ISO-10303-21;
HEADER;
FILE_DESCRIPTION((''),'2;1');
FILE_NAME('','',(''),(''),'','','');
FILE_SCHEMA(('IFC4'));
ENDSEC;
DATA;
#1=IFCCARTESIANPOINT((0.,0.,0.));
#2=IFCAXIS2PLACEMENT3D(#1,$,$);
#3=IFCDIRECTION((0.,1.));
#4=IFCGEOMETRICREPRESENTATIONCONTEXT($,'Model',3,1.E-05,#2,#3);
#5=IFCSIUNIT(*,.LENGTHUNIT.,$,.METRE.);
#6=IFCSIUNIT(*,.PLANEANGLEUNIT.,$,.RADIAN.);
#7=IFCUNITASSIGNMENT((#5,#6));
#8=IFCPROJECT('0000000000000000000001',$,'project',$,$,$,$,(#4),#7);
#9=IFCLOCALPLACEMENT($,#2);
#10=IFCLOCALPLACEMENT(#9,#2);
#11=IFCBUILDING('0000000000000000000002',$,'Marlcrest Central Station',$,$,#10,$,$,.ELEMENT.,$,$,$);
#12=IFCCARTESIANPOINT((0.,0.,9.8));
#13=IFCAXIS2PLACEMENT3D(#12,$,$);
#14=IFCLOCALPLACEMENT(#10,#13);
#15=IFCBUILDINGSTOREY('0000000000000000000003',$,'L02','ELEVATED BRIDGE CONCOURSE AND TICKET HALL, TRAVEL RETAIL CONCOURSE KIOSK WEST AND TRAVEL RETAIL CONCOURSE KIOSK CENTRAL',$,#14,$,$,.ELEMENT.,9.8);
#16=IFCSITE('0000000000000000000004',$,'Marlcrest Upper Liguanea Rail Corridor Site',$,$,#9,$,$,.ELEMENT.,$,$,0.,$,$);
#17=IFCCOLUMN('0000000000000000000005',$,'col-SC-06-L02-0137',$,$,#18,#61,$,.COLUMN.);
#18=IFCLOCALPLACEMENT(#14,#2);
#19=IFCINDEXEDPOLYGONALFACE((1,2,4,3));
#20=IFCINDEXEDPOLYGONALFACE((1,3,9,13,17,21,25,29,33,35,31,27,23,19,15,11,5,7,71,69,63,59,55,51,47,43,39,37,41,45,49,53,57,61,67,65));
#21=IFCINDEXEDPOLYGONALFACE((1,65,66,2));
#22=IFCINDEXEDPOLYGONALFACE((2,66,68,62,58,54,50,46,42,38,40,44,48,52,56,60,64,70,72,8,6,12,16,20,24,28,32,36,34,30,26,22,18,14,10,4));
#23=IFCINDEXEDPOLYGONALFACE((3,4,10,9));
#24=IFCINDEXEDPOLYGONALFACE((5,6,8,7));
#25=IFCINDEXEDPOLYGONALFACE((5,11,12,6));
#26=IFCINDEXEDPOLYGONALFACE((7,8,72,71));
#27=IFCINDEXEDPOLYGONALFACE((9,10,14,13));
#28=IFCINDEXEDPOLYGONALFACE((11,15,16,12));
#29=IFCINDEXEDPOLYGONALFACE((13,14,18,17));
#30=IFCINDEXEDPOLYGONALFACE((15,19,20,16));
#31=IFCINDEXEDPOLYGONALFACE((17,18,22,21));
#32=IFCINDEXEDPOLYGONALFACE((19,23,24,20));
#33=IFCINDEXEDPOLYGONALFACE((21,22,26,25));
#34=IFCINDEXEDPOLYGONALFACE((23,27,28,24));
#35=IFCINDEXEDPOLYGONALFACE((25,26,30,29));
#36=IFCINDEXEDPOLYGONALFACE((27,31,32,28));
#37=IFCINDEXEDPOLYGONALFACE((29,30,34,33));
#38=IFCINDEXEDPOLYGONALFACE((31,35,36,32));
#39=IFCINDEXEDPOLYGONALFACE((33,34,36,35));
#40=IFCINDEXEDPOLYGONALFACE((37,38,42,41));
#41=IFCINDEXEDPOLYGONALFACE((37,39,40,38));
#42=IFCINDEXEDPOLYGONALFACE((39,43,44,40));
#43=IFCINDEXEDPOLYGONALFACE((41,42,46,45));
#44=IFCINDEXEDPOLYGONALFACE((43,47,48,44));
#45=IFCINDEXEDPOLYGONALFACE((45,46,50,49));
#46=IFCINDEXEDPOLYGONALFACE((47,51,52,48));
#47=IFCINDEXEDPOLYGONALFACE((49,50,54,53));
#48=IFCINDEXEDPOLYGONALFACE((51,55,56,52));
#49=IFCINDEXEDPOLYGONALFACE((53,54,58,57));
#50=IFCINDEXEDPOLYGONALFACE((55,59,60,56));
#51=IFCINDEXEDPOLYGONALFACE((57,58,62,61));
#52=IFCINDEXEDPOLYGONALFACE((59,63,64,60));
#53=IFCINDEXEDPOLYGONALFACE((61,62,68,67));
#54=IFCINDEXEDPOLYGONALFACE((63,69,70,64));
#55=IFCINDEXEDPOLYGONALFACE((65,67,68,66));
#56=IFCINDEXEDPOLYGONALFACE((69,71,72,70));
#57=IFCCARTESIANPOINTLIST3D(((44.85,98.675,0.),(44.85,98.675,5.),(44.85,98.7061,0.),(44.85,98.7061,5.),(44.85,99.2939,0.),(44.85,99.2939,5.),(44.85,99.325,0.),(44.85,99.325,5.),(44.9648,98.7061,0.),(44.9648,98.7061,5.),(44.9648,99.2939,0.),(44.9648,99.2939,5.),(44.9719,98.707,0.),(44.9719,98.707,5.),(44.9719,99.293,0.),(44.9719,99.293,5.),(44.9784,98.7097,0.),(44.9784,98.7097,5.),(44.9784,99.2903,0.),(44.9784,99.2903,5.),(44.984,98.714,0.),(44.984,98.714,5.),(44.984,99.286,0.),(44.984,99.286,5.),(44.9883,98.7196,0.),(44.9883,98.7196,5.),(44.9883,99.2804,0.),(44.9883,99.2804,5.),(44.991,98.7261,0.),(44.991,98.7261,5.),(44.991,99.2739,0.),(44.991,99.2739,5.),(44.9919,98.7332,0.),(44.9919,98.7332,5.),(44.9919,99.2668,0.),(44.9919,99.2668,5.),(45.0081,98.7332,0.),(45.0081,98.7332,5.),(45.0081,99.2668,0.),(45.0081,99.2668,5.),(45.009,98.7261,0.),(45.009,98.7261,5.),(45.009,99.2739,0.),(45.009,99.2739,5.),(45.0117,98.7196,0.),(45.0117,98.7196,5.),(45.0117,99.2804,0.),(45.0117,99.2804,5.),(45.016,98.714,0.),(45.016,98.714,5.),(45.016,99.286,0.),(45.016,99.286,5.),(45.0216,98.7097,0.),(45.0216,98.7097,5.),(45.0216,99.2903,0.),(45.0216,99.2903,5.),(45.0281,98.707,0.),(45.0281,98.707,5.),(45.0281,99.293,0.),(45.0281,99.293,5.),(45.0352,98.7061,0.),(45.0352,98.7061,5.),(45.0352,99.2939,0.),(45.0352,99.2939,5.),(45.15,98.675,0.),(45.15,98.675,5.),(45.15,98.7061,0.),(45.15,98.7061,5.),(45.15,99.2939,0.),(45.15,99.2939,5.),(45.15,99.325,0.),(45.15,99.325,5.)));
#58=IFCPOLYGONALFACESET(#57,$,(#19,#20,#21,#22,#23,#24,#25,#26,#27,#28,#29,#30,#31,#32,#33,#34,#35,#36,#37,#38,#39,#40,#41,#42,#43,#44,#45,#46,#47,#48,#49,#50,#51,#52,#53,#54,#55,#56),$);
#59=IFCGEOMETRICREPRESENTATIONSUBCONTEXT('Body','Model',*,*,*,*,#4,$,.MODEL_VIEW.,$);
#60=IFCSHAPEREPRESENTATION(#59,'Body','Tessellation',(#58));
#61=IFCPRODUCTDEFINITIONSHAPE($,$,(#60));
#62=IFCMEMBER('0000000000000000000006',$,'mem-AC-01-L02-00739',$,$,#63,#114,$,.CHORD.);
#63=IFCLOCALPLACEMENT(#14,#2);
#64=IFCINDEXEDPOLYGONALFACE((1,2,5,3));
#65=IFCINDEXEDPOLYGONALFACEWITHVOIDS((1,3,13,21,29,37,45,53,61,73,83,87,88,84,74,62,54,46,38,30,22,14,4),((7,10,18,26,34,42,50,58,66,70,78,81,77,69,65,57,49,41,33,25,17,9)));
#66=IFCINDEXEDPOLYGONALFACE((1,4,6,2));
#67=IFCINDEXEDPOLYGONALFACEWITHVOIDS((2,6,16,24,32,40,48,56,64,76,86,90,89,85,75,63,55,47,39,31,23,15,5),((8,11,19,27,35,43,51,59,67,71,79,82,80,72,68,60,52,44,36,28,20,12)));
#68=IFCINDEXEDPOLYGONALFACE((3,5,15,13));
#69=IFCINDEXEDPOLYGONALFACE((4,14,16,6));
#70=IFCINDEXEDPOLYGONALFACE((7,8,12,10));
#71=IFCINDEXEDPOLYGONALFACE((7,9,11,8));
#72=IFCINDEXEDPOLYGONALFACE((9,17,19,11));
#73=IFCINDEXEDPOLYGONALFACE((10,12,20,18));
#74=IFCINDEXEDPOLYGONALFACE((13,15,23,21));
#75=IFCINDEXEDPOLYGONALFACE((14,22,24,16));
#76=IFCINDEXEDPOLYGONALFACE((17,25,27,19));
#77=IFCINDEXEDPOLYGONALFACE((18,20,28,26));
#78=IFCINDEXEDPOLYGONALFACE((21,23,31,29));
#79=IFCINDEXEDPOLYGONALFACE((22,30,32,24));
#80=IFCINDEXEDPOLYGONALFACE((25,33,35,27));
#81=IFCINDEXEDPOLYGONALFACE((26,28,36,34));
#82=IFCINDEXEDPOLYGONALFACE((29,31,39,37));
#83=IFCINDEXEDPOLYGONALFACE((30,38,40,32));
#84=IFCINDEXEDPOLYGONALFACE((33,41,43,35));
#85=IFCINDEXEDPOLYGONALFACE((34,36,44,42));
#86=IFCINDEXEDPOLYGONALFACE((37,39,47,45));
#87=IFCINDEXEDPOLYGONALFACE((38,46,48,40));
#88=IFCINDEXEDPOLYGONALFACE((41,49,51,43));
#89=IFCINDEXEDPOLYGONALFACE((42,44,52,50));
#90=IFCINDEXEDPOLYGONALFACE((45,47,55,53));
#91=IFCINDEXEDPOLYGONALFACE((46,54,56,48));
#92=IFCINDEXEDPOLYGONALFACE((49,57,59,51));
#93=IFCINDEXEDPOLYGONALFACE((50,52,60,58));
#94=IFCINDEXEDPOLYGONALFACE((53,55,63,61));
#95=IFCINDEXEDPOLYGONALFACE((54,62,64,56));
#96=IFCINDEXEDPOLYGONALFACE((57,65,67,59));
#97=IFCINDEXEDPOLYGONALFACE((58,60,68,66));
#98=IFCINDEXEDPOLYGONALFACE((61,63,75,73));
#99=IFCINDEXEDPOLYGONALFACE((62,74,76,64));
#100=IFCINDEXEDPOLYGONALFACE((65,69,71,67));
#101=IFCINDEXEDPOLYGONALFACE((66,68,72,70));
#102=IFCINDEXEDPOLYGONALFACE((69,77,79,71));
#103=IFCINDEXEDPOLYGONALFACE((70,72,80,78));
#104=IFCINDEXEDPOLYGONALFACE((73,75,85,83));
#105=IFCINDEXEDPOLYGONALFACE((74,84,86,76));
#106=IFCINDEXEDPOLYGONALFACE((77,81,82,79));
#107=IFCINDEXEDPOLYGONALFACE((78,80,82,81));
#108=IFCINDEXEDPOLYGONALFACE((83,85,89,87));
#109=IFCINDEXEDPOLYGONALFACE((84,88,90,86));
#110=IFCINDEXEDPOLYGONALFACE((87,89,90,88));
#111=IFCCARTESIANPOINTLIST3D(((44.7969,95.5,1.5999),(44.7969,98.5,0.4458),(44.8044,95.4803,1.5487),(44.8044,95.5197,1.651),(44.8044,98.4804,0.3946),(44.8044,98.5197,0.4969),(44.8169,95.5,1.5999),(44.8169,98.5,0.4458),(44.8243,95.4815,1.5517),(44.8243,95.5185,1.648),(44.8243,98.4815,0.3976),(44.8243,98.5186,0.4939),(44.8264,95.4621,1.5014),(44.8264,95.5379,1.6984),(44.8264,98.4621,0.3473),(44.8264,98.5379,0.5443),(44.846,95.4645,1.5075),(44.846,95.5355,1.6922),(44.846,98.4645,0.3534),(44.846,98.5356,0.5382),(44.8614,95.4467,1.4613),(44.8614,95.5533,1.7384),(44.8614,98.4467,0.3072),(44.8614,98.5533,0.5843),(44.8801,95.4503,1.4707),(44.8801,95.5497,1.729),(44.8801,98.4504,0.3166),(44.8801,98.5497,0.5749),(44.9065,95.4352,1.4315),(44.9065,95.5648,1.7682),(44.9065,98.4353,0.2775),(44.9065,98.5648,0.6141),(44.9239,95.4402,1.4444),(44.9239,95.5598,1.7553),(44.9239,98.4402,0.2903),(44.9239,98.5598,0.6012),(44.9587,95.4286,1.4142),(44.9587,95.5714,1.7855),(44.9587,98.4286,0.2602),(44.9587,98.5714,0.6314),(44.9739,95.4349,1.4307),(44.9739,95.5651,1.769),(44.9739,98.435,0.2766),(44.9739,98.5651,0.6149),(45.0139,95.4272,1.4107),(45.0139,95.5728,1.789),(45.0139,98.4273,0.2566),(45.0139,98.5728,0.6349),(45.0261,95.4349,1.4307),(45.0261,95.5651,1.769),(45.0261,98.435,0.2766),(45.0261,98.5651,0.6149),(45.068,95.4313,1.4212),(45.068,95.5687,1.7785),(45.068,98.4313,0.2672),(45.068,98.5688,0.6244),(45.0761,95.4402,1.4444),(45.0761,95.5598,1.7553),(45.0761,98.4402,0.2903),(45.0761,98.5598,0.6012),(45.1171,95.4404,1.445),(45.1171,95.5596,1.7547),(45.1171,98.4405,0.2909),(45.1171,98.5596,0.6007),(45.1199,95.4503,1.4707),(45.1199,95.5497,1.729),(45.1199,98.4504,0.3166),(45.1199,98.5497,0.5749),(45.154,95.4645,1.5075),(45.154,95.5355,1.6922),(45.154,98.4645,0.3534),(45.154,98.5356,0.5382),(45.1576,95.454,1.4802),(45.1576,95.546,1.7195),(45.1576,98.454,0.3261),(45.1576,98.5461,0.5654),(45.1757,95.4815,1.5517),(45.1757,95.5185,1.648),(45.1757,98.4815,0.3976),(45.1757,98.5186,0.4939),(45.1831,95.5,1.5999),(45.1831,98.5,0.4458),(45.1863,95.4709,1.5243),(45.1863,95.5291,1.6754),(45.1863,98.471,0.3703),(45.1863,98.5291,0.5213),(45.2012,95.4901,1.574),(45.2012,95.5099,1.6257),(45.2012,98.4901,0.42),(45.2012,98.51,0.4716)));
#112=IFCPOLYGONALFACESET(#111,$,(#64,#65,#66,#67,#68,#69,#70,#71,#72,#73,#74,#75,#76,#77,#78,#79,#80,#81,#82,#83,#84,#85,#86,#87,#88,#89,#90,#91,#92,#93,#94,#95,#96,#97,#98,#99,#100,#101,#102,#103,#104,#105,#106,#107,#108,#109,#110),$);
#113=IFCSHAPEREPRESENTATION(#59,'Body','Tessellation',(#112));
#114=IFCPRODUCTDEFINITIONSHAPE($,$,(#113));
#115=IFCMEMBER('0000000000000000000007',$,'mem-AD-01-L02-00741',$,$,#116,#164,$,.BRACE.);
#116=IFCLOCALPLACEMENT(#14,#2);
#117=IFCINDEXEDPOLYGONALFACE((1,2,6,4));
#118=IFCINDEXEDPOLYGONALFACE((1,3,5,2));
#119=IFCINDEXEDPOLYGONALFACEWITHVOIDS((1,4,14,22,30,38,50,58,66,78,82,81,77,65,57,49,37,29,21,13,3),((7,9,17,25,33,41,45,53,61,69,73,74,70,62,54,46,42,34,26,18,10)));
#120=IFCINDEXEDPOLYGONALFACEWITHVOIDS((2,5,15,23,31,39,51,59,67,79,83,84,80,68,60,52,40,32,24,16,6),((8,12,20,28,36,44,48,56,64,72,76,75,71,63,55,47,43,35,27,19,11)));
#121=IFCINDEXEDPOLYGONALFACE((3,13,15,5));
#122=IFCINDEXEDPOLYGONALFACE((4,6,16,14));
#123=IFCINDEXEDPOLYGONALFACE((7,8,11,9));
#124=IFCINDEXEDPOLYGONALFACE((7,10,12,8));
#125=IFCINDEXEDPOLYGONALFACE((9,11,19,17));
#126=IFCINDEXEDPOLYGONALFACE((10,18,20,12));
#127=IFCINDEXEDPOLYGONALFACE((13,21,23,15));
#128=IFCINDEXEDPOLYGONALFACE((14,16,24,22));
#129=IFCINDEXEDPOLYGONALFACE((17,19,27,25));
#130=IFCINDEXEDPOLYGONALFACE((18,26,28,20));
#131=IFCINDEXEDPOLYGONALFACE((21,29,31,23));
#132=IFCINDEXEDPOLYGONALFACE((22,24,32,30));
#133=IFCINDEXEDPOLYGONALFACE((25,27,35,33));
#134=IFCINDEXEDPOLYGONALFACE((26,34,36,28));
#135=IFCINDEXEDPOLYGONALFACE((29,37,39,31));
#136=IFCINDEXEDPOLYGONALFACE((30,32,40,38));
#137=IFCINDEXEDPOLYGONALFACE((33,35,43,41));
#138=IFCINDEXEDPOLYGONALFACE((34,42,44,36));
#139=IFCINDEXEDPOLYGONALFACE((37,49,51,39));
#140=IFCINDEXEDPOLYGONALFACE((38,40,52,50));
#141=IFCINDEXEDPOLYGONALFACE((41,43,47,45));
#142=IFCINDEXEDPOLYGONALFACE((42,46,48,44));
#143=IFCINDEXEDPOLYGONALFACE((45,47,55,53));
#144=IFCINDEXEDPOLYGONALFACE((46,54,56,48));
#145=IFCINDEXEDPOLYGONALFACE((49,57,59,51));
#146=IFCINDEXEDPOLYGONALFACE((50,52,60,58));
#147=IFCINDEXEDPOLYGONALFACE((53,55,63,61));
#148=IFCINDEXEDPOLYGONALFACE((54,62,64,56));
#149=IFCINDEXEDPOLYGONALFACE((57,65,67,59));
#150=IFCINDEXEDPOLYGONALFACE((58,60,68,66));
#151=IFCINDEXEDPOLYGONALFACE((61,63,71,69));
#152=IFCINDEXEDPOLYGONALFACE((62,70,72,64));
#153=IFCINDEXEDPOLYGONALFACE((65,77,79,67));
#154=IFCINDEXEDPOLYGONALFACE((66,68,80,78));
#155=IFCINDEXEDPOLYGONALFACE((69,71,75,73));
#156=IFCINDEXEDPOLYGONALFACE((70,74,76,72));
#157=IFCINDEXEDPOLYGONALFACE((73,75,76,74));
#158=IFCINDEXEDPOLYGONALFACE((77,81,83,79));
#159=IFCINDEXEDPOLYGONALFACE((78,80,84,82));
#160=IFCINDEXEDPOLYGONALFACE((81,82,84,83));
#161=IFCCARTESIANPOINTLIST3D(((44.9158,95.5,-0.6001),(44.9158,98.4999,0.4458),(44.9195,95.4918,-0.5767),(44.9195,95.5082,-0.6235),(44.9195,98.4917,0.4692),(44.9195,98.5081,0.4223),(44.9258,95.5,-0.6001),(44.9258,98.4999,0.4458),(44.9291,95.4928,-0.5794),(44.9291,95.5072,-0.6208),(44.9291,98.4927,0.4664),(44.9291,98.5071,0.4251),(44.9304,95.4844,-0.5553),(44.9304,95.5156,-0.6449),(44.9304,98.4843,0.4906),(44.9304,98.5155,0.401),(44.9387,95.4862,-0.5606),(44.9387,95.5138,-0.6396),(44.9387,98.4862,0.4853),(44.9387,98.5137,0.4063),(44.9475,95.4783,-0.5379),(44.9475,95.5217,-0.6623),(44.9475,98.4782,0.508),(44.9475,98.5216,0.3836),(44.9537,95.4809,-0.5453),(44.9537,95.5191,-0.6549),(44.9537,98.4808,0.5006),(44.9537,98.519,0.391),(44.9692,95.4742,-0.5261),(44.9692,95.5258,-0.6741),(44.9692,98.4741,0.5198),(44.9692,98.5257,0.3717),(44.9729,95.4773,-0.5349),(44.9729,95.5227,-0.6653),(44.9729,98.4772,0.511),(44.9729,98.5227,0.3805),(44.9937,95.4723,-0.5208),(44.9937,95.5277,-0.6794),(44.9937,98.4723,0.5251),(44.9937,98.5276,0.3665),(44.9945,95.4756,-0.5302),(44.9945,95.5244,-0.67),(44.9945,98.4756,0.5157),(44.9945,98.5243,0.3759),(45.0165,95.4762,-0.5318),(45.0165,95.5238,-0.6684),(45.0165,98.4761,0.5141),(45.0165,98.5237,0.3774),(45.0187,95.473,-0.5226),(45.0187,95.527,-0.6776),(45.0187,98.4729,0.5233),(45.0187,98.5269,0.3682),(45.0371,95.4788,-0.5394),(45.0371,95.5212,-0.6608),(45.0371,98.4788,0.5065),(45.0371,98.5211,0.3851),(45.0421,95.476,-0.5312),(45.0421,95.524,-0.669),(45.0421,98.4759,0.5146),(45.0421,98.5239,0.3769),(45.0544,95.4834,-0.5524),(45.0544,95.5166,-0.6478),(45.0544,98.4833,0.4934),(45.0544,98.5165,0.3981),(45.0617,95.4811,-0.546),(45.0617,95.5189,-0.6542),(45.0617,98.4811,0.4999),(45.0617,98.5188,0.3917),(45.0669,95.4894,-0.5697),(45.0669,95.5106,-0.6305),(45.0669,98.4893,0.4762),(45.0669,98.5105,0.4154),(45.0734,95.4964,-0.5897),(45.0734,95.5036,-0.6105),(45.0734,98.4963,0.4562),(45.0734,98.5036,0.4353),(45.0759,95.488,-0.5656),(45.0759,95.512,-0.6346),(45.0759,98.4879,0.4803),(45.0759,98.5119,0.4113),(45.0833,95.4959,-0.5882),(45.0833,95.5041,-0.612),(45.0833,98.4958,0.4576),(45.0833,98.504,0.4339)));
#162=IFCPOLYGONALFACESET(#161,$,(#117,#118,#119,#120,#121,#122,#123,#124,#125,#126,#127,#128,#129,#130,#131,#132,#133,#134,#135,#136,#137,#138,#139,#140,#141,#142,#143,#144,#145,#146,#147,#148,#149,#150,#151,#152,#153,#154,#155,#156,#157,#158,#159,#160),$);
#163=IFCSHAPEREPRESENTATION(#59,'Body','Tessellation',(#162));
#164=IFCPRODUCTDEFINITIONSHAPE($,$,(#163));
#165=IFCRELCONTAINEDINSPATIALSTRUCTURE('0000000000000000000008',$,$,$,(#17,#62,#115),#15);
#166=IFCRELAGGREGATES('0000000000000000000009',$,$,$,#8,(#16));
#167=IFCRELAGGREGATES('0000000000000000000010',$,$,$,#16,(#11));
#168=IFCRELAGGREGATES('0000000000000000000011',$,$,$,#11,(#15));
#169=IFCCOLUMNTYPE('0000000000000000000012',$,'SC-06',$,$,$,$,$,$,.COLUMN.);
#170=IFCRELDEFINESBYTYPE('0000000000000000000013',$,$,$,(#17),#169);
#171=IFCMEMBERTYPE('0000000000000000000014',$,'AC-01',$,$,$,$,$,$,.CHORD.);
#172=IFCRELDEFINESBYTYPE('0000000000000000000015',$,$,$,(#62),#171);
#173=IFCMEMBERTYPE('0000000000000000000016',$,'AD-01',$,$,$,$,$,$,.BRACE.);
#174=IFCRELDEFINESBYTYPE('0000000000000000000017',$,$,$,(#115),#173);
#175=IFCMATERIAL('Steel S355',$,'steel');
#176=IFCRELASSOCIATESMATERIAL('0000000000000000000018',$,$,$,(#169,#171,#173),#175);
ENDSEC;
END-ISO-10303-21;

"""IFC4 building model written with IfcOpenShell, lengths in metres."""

from ifc_helpers import new_model, si_unit, direction, frame, origin, origin_2d, place, context, subcontext, project, spatial, hollow_circle, i_section, extrude, material, material_profile, profile_set, type_object, element, save


model = new_model("IFC4")

# Units and contexts
model_context = context("Model", 3, precision=1e-05, world=origin(), true_north=direction((0.0, 1.0)))
body_context = subcontext(model_context, "Body", "Model", "MODEL_VIEW")
ifc_project = project(units=[si_unit("LENGTHUNIT", "METRE"), si_unit("PLANEANGLEUNIT", "RADIAN")], contexts=[model_context])

# Site, building, storey
site_placement = place(None, origin())
site = spatial("IfcSite", under=ifc_project, at=site_placement, Name="Marlcrest Upper Liguanea Rail Corridor Site", CompositionType="ELEMENT", RefElevation=0.0)
building_placement = place(site_placement, origin())
building = spatial("IfcBuilding", under=site, at=building_placement, Name="Marlcrest Central Station", CompositionType="ELEMENT")
storey_placement = place(building_placement, frame((0.0, 0.0, 9.8)))
storey = spatial("IfcBuildingStorey", under=building, at=storey_placement, Name="L02", Description="ELEVATED BRIDGE CONCOURSE AND TICKET HALL, TRAVEL RETAIL CONCOURSE KIOSK WEST AND TRAVEL RETAIL CONCOURSE KIOSK CENTRAL", CompositionType="ELEMENT", Elevation=9.8)

# Column
ifc_material_1 = material(Name="Steel S355", Category="steel")
ifc_material_profile_1 = material_profile(ifc_material_1, i_section(OverallWidth=0.3, OverallDepth=0.6499, WebThickness=0.0161, FlangeThickness=0.031, FilletRadius=0.0271, at=origin_2d()), Name="HEB 650")
ifc_profile_set_1 = profile_set([ifc_material_profile_1], Name="Steel S355")
column_type = type_object("IfcColumnType", Name="SC-06", PredefinedType="COLUMN", material=ifc_profile_set_1)
column_placement = place(storey_placement, frame((45.0, 99.0, 0.0), z_axis=(0.0, 0.0, 1.0), x_axis=(1.0, 0.0, 0.0)))
element("IfcColumn", 1, at=column_placement, inside=storey, type_object=column_type, Name="col-SC-06-L02-0137", PredefinedType="COLUMN", context=body_context, shape_type="SweptSolid", body=[
    extrude(i_section(OverallWidth=0.3, OverallDepth=0.6499, WebThickness=0.0161, FlangeThickness=0.031, FilletRadius=0.0271, at=origin_2d()), origin(), (0.0, 0.0, 1.0), 5.0),
])

# Members
ifc_material_profile_2 = material_profile(ifc_material_1, hollow_circle(Radius=0.2031, WallThickness=0.02, at=origin_2d()), Name="CHS 406.4x20")
ifc_profile_set_2 = profile_set([ifc_material_profile_2], Name="Steel S355")
member_type_1 = type_object("IfcMemberType", Name="AC-01", PredefinedType="CHORD", material=ifc_profile_set_2)
member_1_placement = place(storey_placement, frame((45.0, 95.5, 1.5999), z_axis=(0.0, 0.933324, -0.359035), x_axis=(-1.0, 0.0, 0.0)))
element("IfcMember", 2, at=member_1_placement, inside=storey, type_object=member_type_1, Name="mem-AC-01-L02-00739", PredefinedType="CHORD", context=body_context, shape_type="SweptSolid", body=[
    extrude(hollow_circle(Radius=0.2031, WallThickness=0.02, at=origin_2d()), origin(), (0.0, 0.0, 1.0), 3.2144),
])
ifc_material_profile_3 = material_profile(ifc_material_1, hollow_circle(Radius=0.0842, WallThickness=0.01, at=origin_2d()), Name="CHS 168.3x10")
ifc_profile_set_3 = profile_set([ifc_material_profile_3], Name="Steel S355")
member_type_2 = type_object("IfcMemberType", Name="AD-01", PredefinedType="BRACE", material=ifc_profile_set_3)
member_2_placement = place(storey_placement, frame((45.0, 95.5, -0.6001), z_axis=(0.0, 0.94426, 0.3292), x_axis=(-1.0, 0.0, 0.0)))
element("IfcMember", 3, at=member_2_placement, inside=storey, type_object=member_type_2, Name="mem-AD-01-L02-00741", PredefinedType="BRACE", context=body_context, shape_type="SweptSolid", body=[
    extrude(hollow_circle(Radius=0.0842, WallThickness=0.01, at=origin_2d()), origin(), (0.0, 0.0, 1.0), 3.177),
])

save(model, "model.ifc")
